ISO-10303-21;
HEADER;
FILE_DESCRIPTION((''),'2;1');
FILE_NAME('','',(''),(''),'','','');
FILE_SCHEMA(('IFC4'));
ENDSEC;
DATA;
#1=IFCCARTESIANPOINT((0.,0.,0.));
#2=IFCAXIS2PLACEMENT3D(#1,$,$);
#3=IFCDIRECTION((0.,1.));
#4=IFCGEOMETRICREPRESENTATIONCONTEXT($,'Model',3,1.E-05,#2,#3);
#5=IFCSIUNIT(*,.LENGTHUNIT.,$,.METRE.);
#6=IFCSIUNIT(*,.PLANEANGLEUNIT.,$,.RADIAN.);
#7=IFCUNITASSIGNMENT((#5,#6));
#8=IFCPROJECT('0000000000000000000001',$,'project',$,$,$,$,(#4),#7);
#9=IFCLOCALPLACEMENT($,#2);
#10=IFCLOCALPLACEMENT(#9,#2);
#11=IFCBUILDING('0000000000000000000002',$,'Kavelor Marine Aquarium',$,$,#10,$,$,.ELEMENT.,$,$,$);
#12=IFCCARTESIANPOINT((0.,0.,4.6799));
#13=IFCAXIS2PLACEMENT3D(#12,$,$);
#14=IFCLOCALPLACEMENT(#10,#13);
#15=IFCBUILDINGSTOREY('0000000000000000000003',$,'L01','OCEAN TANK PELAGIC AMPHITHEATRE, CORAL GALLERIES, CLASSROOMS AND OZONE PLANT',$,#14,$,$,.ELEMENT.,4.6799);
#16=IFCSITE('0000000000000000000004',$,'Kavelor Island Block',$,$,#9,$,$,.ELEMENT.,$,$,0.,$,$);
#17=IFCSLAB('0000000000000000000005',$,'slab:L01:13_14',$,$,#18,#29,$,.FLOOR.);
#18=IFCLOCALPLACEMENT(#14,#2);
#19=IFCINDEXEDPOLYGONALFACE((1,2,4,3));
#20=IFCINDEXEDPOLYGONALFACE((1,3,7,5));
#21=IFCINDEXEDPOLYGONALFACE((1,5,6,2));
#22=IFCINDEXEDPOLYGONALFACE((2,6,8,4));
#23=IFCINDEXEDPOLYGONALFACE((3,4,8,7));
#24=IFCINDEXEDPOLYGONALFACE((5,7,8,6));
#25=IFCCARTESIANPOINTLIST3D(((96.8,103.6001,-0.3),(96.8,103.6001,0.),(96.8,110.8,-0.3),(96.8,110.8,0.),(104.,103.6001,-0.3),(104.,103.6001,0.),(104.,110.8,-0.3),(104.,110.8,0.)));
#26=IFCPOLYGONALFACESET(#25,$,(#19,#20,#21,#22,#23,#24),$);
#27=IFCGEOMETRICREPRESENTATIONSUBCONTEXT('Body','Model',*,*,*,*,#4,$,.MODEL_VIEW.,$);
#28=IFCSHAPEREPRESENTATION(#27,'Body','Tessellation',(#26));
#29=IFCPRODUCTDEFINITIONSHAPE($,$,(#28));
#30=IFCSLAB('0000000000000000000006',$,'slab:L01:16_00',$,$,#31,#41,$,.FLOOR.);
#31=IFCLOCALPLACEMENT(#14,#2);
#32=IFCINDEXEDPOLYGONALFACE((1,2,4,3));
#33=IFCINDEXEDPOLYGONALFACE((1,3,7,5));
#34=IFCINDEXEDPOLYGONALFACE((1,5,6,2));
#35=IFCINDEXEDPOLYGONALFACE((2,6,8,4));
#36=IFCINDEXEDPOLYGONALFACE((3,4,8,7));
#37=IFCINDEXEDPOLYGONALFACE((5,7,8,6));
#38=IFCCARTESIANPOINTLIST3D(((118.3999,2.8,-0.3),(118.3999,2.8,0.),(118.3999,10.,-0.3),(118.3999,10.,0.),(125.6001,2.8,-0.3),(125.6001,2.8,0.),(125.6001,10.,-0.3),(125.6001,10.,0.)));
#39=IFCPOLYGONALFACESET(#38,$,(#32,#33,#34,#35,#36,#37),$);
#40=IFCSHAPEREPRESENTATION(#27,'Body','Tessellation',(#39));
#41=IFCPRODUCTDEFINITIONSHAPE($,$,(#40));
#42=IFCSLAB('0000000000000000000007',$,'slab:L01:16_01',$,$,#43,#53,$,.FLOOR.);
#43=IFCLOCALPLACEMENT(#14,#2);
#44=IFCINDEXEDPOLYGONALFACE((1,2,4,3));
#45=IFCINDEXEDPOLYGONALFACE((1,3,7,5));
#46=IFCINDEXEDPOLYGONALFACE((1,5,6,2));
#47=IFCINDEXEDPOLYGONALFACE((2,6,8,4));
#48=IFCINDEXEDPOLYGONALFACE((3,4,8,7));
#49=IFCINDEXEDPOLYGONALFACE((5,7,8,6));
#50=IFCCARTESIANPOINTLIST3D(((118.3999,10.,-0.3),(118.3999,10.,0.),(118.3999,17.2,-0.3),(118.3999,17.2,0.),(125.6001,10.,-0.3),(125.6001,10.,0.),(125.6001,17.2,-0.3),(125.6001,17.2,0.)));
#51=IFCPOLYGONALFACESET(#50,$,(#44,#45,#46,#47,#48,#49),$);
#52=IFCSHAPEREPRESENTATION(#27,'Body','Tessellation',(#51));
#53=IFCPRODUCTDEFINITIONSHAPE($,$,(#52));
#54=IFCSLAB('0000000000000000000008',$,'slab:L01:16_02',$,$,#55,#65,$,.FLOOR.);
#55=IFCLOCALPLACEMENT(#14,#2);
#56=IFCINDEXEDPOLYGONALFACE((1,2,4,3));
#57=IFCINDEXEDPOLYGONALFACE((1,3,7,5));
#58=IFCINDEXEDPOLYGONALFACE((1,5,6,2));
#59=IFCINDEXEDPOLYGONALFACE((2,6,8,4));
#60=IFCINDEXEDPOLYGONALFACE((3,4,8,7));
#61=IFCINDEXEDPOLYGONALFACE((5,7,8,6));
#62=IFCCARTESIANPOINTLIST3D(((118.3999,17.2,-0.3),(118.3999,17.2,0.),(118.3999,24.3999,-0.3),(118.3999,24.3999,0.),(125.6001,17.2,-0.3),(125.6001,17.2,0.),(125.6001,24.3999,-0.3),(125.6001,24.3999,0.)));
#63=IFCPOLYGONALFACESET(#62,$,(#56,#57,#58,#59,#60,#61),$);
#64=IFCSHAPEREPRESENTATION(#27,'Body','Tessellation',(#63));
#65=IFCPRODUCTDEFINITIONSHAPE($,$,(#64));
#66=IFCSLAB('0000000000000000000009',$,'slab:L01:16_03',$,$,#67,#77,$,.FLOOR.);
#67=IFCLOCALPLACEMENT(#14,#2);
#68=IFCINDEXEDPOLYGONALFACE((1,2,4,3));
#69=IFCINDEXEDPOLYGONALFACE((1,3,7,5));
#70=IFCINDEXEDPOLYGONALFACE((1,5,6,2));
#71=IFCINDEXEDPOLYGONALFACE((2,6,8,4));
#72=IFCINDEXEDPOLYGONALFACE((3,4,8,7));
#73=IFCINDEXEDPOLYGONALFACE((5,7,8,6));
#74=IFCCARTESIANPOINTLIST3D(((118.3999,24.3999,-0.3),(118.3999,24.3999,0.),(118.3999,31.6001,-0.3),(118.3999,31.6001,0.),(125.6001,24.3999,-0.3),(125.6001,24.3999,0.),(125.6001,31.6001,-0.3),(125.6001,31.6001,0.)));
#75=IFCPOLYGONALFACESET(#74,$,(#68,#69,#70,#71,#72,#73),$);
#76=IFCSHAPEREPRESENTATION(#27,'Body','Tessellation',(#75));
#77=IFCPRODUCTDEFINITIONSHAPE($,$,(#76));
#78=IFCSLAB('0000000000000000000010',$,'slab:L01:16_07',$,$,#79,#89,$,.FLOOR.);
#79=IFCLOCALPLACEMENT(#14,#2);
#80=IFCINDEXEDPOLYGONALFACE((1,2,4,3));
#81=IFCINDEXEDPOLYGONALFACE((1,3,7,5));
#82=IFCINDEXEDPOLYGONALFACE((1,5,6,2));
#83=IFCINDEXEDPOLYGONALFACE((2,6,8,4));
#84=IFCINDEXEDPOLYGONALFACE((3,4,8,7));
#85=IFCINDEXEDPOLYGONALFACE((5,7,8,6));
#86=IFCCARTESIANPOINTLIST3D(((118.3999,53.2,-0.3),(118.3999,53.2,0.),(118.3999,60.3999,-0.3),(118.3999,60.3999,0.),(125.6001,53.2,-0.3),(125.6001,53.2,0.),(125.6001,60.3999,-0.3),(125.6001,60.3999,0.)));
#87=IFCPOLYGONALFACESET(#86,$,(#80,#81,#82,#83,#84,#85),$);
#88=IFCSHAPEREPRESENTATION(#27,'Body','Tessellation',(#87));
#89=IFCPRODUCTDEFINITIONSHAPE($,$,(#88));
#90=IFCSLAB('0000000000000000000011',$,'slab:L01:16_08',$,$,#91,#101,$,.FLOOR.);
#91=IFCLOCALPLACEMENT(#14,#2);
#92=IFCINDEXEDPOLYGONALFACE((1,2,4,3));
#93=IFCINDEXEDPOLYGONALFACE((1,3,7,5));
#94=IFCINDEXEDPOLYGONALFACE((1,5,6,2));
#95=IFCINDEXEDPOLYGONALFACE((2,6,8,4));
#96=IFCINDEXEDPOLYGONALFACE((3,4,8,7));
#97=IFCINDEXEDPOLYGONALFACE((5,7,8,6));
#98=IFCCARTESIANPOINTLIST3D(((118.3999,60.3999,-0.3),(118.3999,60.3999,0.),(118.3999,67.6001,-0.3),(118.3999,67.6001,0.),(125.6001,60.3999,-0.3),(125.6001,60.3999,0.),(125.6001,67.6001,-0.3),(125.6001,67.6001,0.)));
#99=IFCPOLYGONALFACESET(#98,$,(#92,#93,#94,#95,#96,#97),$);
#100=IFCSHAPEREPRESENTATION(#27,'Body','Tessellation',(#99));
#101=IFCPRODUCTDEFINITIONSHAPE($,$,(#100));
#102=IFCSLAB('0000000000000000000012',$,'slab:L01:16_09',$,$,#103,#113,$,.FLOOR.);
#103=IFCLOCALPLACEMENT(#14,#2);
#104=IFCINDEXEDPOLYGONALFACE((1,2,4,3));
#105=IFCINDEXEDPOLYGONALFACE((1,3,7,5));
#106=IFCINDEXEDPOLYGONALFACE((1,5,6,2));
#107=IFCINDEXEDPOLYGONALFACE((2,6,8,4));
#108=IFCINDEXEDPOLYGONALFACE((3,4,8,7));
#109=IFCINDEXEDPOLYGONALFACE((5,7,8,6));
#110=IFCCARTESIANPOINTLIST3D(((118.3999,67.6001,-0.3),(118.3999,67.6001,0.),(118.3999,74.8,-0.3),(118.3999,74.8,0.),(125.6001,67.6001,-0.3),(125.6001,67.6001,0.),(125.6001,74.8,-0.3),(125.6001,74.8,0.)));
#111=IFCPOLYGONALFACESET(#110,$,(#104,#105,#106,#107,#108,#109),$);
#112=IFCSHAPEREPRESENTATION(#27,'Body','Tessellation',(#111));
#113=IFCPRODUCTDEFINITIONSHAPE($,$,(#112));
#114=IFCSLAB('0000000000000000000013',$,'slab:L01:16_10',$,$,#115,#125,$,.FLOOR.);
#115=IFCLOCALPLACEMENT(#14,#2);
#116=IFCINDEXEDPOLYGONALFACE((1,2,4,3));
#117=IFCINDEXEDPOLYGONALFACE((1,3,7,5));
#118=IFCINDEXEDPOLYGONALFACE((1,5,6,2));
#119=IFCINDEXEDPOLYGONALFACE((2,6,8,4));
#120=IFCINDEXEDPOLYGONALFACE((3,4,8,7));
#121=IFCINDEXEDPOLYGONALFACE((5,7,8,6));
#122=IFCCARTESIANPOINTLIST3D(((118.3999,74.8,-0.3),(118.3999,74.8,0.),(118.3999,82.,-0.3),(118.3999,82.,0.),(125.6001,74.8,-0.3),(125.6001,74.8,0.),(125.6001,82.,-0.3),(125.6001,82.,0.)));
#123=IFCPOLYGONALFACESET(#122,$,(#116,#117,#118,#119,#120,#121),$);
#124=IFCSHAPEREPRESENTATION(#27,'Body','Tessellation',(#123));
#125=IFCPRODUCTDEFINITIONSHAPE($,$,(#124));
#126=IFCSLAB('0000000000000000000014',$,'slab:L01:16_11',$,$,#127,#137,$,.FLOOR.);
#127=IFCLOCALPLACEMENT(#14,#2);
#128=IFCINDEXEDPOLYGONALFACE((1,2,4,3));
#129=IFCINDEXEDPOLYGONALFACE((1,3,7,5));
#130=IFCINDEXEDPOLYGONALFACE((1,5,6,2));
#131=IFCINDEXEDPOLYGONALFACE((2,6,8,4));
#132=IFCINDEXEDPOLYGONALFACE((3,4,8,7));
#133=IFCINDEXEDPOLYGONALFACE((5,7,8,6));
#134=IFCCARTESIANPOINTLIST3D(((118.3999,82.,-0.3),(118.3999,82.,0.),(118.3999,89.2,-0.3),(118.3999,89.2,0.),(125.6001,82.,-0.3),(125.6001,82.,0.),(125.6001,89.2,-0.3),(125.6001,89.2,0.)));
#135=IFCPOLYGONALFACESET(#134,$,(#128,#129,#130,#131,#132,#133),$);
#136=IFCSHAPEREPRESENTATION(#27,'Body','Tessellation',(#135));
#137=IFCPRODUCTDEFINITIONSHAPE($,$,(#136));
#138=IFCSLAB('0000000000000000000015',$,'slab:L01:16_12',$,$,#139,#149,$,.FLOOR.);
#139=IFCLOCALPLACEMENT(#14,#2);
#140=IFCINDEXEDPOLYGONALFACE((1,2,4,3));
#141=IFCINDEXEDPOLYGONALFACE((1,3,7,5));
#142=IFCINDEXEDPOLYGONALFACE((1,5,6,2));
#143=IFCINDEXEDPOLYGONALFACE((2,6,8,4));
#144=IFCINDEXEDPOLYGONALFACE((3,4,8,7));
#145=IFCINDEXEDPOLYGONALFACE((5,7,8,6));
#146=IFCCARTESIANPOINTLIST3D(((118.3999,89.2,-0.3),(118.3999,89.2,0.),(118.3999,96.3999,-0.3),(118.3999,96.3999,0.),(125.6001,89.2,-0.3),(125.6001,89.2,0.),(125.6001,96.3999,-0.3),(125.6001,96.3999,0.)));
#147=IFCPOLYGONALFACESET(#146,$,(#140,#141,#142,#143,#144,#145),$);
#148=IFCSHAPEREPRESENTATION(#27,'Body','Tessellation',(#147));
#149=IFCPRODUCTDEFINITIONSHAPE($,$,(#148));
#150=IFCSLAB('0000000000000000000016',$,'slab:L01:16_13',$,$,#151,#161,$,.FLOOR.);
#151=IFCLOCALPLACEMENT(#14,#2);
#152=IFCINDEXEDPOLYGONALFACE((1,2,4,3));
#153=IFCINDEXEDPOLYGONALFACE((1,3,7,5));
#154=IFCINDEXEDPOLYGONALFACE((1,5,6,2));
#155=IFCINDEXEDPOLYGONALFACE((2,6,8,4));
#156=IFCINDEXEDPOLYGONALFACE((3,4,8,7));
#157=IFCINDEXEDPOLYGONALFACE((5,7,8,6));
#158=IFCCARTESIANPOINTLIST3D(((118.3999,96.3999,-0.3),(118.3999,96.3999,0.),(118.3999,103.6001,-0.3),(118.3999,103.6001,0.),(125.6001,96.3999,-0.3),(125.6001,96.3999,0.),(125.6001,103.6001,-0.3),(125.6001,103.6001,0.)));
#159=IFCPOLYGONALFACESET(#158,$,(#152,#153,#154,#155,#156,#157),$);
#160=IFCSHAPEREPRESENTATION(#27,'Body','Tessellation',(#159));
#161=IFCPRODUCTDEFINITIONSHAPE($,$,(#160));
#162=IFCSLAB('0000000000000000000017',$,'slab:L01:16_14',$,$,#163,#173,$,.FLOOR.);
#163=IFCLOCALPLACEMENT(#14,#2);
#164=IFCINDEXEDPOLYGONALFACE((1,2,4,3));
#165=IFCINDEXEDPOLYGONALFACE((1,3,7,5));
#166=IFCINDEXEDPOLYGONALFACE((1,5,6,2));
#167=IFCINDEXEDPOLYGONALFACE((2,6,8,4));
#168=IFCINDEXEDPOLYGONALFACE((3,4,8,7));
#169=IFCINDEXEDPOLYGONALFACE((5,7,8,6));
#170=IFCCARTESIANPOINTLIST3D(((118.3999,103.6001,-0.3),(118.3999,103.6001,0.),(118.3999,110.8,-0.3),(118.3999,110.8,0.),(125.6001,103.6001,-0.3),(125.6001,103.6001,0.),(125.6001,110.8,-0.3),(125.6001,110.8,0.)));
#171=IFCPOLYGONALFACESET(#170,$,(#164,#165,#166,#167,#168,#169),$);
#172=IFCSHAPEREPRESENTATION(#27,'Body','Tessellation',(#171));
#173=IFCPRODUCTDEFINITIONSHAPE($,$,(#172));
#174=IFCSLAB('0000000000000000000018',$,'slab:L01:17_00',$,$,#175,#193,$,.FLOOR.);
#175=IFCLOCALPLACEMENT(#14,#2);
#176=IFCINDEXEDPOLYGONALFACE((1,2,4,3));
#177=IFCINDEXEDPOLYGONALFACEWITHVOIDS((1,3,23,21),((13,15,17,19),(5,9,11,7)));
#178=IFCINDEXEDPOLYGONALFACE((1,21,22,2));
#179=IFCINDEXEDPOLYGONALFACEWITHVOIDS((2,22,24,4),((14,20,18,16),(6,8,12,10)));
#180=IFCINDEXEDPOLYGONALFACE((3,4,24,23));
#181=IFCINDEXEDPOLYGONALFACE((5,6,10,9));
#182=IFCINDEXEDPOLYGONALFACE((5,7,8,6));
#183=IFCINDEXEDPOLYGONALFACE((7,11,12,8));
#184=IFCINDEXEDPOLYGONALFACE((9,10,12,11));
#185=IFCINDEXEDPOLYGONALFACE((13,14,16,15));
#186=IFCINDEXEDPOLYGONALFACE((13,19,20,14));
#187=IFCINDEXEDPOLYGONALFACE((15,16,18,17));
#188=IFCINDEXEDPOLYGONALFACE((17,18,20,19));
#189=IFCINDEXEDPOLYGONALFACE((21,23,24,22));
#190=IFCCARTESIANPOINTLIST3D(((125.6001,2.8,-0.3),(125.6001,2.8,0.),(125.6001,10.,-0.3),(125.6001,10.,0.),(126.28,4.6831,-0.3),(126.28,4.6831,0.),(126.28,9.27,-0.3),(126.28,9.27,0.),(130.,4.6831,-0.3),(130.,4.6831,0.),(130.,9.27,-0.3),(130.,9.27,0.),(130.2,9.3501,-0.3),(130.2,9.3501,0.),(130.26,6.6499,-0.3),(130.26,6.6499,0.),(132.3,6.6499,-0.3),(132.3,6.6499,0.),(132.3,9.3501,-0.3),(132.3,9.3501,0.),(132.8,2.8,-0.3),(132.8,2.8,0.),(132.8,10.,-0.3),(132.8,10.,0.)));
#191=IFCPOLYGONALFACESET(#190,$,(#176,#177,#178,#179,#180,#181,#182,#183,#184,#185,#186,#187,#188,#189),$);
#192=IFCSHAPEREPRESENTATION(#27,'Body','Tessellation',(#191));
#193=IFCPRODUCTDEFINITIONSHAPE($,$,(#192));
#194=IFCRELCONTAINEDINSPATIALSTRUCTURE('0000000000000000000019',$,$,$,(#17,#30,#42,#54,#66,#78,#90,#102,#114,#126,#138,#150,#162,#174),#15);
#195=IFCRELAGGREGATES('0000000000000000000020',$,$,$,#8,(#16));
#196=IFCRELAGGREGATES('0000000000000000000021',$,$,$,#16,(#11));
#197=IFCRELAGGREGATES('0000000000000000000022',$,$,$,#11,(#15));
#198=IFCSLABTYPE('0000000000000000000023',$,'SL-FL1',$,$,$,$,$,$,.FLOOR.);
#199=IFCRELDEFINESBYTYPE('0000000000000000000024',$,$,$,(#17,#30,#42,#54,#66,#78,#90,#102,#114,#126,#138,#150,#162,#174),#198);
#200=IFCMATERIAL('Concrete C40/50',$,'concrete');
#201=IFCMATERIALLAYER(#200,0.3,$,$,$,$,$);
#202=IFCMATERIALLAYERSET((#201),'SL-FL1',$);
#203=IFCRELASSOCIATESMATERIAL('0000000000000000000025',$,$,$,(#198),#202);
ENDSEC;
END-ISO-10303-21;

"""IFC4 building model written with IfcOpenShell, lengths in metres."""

from ifc_helpers import new_model, si_unit, direction, frame, origin, place, context, subcontext, project, spatial, polyline, outline, extrude, material, layer, layer_set, type_object, element, save


model = new_model("IFC4")

# Units and contexts
model_context = context("Model", 3, precision=1e-05, world=origin(), true_north=direction((0.0, 1.0)))
body_context = subcontext(model_context, "Body", "Model", "MODEL_VIEW")
ifc_project = project(units=[si_unit("LENGTHUNIT", "METRE"), si_unit("PLANEANGLEUNIT", "RADIAN")], contexts=[model_context])

# Site, building, storey
site_placement = place(None, origin())
site = spatial("IfcSite", under=ifc_project, at=site_placement, Name="Kavelor Island Block", CompositionType="ELEMENT", RefElevation=0.0)
building_placement = place(site_placement, origin())
building = spatial("IfcBuilding", under=site, at=building_placement, Name="Kavelor Marine Aquarium", CompositionType="ELEMENT")
storey_placement = place(building_placement, frame((0.0, 0.0, 4.6799)))
storey = spatial("IfcBuildingStorey", under=building, at=storey_placement, Name="L01", Description="OCEAN TANK PELAGIC AMPHITHEATRE, CORAL GALLERIES, CLASSROOMS AND OZONE PLANT", CompositionType="ELEMENT", Elevation=4.6799)

# Slabs
ifc_material = material(Name="Concrete C40/50", Category="concrete")
ifc_layer = layer(ifc_material, 0.3)
ifc_layer_set = layer_set([ifc_layer], Name="SL-FL1")
slab_type = type_object("IfcSlabType", Name="SL-FL1", PredefinedType="FLOOR", material=ifc_layer_set)
slab_1_placement = place(storey_placement, frame((0.0, 0.0, -0.3)))
element("IfcSlab", 1, at=slab_1_placement, inside=storey, type_object=slab_type, Name="slab:L01:13_14", PredefinedType="FLOOR", context=body_context, shape_type="SweptSolid", body=[
    extrude(outline(polyline([(96.8, 103.6001), (104.0, 103.6001), (104.0, 110.8), (96.8, 110.8), (96.8, 103.6001)])), origin(), (0.0, 0.0, 1.0), 0.3),
])
slab_2_placement = place(storey_placement, frame((0.0, 0.0, -0.3)))
element("IfcSlab", 2, at=slab_2_placement, inside=storey, type_object=slab_type, Name="slab:L01:16_00", PredefinedType="FLOOR", context=body_context, shape_type="SweptSolid", body=[
    extrude(outline(polyline([(118.3999, 2.8), (125.6001, 2.8), (125.6001, 10.0), (118.3999, 10.0), (118.3999, 2.8)])), origin(), (0.0, 0.0, 1.0), 0.3),
])
slab_3_placement = place(storey_placement, frame((0.0, 0.0, -0.3)))
element("IfcSlab", 3, at=slab_3_placement, inside=storey, type_object=slab_type, Name="slab:L01:16_01", PredefinedType="FLOOR", context=body_context, shape_type="SweptSolid", body=[
    extrude(outline(polyline([(118.3999, 10.0), (125.6001, 10.0), (125.6001, 17.2), (118.3999, 17.2), (118.3999, 10.0)])), origin(), (0.0, 0.0, 1.0), 0.3),
])
slab_4_placement = place(storey_placement, frame((0.0, 0.0, -0.3)))
element("IfcSlab", 4, at=slab_4_placement, inside=storey, type_object=slab_type, Name="slab:L01:16_02", PredefinedType="FLOOR", context=body_context, shape_type="SweptSolid", body=[
    extrude(outline(polyline([(118.3999, 17.2), (125.6001, 17.2), (125.6001, 24.3999), (118.3999, 24.3999), (118.3999, 17.2)])), origin(), (0.0, 0.0, 1.0), 0.3),
])
slab_5_placement = place(storey_placement, frame((0.0, 0.0, -0.3)))
element("IfcSlab", 5, at=slab_5_placement, inside=storey, type_object=slab_type, Name="slab:L01:16_03", PredefinedType="FLOOR", context=body_context, shape_type="SweptSolid", body=[
    extrude(outline(polyline([(118.3999, 24.3999), (125.6001, 24.3999), (125.6001, 31.6001), (118.3999, 31.6001), (118.3999, 24.3999)])), origin(), (0.0, 0.0, 1.0), 0.3),
])
slab_6_placement = place(storey_placement, frame((0.0, 0.0, -0.3)))
element("IfcSlab", 6, at=slab_6_placement, inside=storey, type_object=slab_type, Name="slab:L01:16_07", PredefinedType="FLOOR", context=body_context, shape_type="SweptSolid", body=[
    extrude(outline(polyline([(118.3999, 53.2), (125.6001, 53.2), (125.6001, 60.3999), (118.3999, 60.3999), (118.3999, 53.2)])), origin(), (0.0, 0.0, 1.0), 0.3),
])
slab_7_placement = place(storey_placement, frame((0.0, 0.0, -0.3)))
element("IfcSlab", 7, at=slab_7_placement, inside=storey, type_object=slab_type, Name="slab:L01:16_08", PredefinedType="FLOOR", context=body_context, shape_type="SweptSolid", body=[
    extrude(outline(polyline([(118.3999, 60.3999), (125.6001, 60.3999), (125.6001, 67.6001), (118.3999, 67.6001), (118.3999, 60.3999)])), origin(), (0.0, 0.0, 1.0), 0.3),
])
slab_8_placement = place(storey_placement, frame((0.0, 0.0, -0.3)))
element("IfcSlab", 8, at=slab_8_placement, inside=storey, type_object=slab_type, Name="slab:L01:16_09", PredefinedType="FLOOR", context=body_context, shape_type="SweptSolid", body=[
    extrude(outline(polyline([(118.3999, 67.6001), (125.6001, 67.6001), (125.6001, 74.8), (118.3999, 74.8), (118.3999, 67.6001)])), origin(), (0.0, 0.0, 1.0), 0.3),
])
slab_9_placement = place(storey_placement, frame((0.0, 0.0, -0.3)))
element("IfcSlab", 9, at=slab_9_placement, inside=storey, type_object=slab_type, Name="slab:L01:16_10", PredefinedType="FLOOR", context=body_context, shape_type="SweptSolid", body=[
    extrude(outline(polyline([(118.3999, 74.8), (125.6001, 74.8), (125.6001, 82.0), (118.3999, 82.0), (118.3999, 74.8)])), origin(), (0.0, 0.0, 1.0), 0.3),
])
slab_10_placement = place(storey_placement, frame((0.0, 0.0, -0.3)))
element("IfcSlab", 10, at=slab_10_placement, inside=storey, type_object=slab_type, Name="slab:L01:16_11", PredefinedType="FLOOR", context=body_context, shape_type="SweptSolid", body=[
    extrude(outline(polyline([(118.3999, 82.0), (125.6001, 82.0), (125.6001, 89.2), (118.3999, 89.2), (118.3999, 82.0)])), origin(), (0.0, 0.0, 1.0), 0.3),
])
slab_11_placement = place(storey_placement, frame((0.0, 0.0, -0.3)))
element("IfcSlab", 11, at=slab_11_placement, inside=storey, type_object=slab_type, Name="slab:L01:16_12", PredefinedType="FLOOR", context=body_context, shape_type="SweptSolid", body=[
    extrude(outline(polyline([(118.3999, 89.2), (125.6001, 89.2), (125.6001, 96.3999), (118.3999, 96.3999), (118.3999, 89.2)])), origin(), (0.0, 0.0, 1.0), 0.3),
])
slab_12_placement = place(storey_placement, frame((0.0, 0.0, -0.3)))
element("IfcSlab", 12, at=slab_12_placement, inside=storey, type_object=slab_type, Name="slab:L01:16_13", PredefinedType="FLOOR", context=body_context, shape_type="SweptSolid", body=[
    extrude(outline(polyline([(118.3999, 96.3999), (125.6001, 96.3999), (125.6001, 103.6001), (118.3999, 103.6001), (118.3999, 96.3999)])), origin(), (0.0, 0.0, 1.0), 0.3),
])
slab_13_placement = place(storey_placement, frame((0.0, 0.0, -0.3)))
element("IfcSlab", 13, at=slab_13_placement, inside=storey, type_object=slab_type, Name="slab:L01:16_14", PredefinedType="FLOOR", context=body_context, shape_type="SweptSolid", body=[
    extrude(outline(polyline([(118.3999, 103.6001), (125.6001, 103.6001), (125.6001, 110.8), (118.3999, 110.8), (118.3999, 103.6001)])), origin(), (0.0, 0.0, 1.0), 0.3),
])
slab_14_placement = place(storey_placement, frame((0.0, 0.0, -0.3)))
element("IfcSlab", 14, at=slab_14_placement, inside=storey, type_object=slab_type, Name="slab:L01:17_00", PredefinedType="FLOOR", context=body_context, shape_type="SweptSolid", body=[
    extrude(outline(polyline([(125.6001, 2.8), (132.8, 2.8), (132.8, 10.0), (125.6001, 10.0), (125.6001, 2.8)]), holes=[polyline([(126.28, 4.6831), (130.0, 4.6831), (130.0, 9.27), (126.28, 9.27), (126.28, 4.6831)]), polyline([(130.26, 6.6499), (132.3, 6.6499), (132.3, 9.3501), (130.2, 9.3501), (130.26, 6.6499)])]), origin(), (0.0, 0.0, 1.0), 0.3),
])

save(model, "model.ifc")
